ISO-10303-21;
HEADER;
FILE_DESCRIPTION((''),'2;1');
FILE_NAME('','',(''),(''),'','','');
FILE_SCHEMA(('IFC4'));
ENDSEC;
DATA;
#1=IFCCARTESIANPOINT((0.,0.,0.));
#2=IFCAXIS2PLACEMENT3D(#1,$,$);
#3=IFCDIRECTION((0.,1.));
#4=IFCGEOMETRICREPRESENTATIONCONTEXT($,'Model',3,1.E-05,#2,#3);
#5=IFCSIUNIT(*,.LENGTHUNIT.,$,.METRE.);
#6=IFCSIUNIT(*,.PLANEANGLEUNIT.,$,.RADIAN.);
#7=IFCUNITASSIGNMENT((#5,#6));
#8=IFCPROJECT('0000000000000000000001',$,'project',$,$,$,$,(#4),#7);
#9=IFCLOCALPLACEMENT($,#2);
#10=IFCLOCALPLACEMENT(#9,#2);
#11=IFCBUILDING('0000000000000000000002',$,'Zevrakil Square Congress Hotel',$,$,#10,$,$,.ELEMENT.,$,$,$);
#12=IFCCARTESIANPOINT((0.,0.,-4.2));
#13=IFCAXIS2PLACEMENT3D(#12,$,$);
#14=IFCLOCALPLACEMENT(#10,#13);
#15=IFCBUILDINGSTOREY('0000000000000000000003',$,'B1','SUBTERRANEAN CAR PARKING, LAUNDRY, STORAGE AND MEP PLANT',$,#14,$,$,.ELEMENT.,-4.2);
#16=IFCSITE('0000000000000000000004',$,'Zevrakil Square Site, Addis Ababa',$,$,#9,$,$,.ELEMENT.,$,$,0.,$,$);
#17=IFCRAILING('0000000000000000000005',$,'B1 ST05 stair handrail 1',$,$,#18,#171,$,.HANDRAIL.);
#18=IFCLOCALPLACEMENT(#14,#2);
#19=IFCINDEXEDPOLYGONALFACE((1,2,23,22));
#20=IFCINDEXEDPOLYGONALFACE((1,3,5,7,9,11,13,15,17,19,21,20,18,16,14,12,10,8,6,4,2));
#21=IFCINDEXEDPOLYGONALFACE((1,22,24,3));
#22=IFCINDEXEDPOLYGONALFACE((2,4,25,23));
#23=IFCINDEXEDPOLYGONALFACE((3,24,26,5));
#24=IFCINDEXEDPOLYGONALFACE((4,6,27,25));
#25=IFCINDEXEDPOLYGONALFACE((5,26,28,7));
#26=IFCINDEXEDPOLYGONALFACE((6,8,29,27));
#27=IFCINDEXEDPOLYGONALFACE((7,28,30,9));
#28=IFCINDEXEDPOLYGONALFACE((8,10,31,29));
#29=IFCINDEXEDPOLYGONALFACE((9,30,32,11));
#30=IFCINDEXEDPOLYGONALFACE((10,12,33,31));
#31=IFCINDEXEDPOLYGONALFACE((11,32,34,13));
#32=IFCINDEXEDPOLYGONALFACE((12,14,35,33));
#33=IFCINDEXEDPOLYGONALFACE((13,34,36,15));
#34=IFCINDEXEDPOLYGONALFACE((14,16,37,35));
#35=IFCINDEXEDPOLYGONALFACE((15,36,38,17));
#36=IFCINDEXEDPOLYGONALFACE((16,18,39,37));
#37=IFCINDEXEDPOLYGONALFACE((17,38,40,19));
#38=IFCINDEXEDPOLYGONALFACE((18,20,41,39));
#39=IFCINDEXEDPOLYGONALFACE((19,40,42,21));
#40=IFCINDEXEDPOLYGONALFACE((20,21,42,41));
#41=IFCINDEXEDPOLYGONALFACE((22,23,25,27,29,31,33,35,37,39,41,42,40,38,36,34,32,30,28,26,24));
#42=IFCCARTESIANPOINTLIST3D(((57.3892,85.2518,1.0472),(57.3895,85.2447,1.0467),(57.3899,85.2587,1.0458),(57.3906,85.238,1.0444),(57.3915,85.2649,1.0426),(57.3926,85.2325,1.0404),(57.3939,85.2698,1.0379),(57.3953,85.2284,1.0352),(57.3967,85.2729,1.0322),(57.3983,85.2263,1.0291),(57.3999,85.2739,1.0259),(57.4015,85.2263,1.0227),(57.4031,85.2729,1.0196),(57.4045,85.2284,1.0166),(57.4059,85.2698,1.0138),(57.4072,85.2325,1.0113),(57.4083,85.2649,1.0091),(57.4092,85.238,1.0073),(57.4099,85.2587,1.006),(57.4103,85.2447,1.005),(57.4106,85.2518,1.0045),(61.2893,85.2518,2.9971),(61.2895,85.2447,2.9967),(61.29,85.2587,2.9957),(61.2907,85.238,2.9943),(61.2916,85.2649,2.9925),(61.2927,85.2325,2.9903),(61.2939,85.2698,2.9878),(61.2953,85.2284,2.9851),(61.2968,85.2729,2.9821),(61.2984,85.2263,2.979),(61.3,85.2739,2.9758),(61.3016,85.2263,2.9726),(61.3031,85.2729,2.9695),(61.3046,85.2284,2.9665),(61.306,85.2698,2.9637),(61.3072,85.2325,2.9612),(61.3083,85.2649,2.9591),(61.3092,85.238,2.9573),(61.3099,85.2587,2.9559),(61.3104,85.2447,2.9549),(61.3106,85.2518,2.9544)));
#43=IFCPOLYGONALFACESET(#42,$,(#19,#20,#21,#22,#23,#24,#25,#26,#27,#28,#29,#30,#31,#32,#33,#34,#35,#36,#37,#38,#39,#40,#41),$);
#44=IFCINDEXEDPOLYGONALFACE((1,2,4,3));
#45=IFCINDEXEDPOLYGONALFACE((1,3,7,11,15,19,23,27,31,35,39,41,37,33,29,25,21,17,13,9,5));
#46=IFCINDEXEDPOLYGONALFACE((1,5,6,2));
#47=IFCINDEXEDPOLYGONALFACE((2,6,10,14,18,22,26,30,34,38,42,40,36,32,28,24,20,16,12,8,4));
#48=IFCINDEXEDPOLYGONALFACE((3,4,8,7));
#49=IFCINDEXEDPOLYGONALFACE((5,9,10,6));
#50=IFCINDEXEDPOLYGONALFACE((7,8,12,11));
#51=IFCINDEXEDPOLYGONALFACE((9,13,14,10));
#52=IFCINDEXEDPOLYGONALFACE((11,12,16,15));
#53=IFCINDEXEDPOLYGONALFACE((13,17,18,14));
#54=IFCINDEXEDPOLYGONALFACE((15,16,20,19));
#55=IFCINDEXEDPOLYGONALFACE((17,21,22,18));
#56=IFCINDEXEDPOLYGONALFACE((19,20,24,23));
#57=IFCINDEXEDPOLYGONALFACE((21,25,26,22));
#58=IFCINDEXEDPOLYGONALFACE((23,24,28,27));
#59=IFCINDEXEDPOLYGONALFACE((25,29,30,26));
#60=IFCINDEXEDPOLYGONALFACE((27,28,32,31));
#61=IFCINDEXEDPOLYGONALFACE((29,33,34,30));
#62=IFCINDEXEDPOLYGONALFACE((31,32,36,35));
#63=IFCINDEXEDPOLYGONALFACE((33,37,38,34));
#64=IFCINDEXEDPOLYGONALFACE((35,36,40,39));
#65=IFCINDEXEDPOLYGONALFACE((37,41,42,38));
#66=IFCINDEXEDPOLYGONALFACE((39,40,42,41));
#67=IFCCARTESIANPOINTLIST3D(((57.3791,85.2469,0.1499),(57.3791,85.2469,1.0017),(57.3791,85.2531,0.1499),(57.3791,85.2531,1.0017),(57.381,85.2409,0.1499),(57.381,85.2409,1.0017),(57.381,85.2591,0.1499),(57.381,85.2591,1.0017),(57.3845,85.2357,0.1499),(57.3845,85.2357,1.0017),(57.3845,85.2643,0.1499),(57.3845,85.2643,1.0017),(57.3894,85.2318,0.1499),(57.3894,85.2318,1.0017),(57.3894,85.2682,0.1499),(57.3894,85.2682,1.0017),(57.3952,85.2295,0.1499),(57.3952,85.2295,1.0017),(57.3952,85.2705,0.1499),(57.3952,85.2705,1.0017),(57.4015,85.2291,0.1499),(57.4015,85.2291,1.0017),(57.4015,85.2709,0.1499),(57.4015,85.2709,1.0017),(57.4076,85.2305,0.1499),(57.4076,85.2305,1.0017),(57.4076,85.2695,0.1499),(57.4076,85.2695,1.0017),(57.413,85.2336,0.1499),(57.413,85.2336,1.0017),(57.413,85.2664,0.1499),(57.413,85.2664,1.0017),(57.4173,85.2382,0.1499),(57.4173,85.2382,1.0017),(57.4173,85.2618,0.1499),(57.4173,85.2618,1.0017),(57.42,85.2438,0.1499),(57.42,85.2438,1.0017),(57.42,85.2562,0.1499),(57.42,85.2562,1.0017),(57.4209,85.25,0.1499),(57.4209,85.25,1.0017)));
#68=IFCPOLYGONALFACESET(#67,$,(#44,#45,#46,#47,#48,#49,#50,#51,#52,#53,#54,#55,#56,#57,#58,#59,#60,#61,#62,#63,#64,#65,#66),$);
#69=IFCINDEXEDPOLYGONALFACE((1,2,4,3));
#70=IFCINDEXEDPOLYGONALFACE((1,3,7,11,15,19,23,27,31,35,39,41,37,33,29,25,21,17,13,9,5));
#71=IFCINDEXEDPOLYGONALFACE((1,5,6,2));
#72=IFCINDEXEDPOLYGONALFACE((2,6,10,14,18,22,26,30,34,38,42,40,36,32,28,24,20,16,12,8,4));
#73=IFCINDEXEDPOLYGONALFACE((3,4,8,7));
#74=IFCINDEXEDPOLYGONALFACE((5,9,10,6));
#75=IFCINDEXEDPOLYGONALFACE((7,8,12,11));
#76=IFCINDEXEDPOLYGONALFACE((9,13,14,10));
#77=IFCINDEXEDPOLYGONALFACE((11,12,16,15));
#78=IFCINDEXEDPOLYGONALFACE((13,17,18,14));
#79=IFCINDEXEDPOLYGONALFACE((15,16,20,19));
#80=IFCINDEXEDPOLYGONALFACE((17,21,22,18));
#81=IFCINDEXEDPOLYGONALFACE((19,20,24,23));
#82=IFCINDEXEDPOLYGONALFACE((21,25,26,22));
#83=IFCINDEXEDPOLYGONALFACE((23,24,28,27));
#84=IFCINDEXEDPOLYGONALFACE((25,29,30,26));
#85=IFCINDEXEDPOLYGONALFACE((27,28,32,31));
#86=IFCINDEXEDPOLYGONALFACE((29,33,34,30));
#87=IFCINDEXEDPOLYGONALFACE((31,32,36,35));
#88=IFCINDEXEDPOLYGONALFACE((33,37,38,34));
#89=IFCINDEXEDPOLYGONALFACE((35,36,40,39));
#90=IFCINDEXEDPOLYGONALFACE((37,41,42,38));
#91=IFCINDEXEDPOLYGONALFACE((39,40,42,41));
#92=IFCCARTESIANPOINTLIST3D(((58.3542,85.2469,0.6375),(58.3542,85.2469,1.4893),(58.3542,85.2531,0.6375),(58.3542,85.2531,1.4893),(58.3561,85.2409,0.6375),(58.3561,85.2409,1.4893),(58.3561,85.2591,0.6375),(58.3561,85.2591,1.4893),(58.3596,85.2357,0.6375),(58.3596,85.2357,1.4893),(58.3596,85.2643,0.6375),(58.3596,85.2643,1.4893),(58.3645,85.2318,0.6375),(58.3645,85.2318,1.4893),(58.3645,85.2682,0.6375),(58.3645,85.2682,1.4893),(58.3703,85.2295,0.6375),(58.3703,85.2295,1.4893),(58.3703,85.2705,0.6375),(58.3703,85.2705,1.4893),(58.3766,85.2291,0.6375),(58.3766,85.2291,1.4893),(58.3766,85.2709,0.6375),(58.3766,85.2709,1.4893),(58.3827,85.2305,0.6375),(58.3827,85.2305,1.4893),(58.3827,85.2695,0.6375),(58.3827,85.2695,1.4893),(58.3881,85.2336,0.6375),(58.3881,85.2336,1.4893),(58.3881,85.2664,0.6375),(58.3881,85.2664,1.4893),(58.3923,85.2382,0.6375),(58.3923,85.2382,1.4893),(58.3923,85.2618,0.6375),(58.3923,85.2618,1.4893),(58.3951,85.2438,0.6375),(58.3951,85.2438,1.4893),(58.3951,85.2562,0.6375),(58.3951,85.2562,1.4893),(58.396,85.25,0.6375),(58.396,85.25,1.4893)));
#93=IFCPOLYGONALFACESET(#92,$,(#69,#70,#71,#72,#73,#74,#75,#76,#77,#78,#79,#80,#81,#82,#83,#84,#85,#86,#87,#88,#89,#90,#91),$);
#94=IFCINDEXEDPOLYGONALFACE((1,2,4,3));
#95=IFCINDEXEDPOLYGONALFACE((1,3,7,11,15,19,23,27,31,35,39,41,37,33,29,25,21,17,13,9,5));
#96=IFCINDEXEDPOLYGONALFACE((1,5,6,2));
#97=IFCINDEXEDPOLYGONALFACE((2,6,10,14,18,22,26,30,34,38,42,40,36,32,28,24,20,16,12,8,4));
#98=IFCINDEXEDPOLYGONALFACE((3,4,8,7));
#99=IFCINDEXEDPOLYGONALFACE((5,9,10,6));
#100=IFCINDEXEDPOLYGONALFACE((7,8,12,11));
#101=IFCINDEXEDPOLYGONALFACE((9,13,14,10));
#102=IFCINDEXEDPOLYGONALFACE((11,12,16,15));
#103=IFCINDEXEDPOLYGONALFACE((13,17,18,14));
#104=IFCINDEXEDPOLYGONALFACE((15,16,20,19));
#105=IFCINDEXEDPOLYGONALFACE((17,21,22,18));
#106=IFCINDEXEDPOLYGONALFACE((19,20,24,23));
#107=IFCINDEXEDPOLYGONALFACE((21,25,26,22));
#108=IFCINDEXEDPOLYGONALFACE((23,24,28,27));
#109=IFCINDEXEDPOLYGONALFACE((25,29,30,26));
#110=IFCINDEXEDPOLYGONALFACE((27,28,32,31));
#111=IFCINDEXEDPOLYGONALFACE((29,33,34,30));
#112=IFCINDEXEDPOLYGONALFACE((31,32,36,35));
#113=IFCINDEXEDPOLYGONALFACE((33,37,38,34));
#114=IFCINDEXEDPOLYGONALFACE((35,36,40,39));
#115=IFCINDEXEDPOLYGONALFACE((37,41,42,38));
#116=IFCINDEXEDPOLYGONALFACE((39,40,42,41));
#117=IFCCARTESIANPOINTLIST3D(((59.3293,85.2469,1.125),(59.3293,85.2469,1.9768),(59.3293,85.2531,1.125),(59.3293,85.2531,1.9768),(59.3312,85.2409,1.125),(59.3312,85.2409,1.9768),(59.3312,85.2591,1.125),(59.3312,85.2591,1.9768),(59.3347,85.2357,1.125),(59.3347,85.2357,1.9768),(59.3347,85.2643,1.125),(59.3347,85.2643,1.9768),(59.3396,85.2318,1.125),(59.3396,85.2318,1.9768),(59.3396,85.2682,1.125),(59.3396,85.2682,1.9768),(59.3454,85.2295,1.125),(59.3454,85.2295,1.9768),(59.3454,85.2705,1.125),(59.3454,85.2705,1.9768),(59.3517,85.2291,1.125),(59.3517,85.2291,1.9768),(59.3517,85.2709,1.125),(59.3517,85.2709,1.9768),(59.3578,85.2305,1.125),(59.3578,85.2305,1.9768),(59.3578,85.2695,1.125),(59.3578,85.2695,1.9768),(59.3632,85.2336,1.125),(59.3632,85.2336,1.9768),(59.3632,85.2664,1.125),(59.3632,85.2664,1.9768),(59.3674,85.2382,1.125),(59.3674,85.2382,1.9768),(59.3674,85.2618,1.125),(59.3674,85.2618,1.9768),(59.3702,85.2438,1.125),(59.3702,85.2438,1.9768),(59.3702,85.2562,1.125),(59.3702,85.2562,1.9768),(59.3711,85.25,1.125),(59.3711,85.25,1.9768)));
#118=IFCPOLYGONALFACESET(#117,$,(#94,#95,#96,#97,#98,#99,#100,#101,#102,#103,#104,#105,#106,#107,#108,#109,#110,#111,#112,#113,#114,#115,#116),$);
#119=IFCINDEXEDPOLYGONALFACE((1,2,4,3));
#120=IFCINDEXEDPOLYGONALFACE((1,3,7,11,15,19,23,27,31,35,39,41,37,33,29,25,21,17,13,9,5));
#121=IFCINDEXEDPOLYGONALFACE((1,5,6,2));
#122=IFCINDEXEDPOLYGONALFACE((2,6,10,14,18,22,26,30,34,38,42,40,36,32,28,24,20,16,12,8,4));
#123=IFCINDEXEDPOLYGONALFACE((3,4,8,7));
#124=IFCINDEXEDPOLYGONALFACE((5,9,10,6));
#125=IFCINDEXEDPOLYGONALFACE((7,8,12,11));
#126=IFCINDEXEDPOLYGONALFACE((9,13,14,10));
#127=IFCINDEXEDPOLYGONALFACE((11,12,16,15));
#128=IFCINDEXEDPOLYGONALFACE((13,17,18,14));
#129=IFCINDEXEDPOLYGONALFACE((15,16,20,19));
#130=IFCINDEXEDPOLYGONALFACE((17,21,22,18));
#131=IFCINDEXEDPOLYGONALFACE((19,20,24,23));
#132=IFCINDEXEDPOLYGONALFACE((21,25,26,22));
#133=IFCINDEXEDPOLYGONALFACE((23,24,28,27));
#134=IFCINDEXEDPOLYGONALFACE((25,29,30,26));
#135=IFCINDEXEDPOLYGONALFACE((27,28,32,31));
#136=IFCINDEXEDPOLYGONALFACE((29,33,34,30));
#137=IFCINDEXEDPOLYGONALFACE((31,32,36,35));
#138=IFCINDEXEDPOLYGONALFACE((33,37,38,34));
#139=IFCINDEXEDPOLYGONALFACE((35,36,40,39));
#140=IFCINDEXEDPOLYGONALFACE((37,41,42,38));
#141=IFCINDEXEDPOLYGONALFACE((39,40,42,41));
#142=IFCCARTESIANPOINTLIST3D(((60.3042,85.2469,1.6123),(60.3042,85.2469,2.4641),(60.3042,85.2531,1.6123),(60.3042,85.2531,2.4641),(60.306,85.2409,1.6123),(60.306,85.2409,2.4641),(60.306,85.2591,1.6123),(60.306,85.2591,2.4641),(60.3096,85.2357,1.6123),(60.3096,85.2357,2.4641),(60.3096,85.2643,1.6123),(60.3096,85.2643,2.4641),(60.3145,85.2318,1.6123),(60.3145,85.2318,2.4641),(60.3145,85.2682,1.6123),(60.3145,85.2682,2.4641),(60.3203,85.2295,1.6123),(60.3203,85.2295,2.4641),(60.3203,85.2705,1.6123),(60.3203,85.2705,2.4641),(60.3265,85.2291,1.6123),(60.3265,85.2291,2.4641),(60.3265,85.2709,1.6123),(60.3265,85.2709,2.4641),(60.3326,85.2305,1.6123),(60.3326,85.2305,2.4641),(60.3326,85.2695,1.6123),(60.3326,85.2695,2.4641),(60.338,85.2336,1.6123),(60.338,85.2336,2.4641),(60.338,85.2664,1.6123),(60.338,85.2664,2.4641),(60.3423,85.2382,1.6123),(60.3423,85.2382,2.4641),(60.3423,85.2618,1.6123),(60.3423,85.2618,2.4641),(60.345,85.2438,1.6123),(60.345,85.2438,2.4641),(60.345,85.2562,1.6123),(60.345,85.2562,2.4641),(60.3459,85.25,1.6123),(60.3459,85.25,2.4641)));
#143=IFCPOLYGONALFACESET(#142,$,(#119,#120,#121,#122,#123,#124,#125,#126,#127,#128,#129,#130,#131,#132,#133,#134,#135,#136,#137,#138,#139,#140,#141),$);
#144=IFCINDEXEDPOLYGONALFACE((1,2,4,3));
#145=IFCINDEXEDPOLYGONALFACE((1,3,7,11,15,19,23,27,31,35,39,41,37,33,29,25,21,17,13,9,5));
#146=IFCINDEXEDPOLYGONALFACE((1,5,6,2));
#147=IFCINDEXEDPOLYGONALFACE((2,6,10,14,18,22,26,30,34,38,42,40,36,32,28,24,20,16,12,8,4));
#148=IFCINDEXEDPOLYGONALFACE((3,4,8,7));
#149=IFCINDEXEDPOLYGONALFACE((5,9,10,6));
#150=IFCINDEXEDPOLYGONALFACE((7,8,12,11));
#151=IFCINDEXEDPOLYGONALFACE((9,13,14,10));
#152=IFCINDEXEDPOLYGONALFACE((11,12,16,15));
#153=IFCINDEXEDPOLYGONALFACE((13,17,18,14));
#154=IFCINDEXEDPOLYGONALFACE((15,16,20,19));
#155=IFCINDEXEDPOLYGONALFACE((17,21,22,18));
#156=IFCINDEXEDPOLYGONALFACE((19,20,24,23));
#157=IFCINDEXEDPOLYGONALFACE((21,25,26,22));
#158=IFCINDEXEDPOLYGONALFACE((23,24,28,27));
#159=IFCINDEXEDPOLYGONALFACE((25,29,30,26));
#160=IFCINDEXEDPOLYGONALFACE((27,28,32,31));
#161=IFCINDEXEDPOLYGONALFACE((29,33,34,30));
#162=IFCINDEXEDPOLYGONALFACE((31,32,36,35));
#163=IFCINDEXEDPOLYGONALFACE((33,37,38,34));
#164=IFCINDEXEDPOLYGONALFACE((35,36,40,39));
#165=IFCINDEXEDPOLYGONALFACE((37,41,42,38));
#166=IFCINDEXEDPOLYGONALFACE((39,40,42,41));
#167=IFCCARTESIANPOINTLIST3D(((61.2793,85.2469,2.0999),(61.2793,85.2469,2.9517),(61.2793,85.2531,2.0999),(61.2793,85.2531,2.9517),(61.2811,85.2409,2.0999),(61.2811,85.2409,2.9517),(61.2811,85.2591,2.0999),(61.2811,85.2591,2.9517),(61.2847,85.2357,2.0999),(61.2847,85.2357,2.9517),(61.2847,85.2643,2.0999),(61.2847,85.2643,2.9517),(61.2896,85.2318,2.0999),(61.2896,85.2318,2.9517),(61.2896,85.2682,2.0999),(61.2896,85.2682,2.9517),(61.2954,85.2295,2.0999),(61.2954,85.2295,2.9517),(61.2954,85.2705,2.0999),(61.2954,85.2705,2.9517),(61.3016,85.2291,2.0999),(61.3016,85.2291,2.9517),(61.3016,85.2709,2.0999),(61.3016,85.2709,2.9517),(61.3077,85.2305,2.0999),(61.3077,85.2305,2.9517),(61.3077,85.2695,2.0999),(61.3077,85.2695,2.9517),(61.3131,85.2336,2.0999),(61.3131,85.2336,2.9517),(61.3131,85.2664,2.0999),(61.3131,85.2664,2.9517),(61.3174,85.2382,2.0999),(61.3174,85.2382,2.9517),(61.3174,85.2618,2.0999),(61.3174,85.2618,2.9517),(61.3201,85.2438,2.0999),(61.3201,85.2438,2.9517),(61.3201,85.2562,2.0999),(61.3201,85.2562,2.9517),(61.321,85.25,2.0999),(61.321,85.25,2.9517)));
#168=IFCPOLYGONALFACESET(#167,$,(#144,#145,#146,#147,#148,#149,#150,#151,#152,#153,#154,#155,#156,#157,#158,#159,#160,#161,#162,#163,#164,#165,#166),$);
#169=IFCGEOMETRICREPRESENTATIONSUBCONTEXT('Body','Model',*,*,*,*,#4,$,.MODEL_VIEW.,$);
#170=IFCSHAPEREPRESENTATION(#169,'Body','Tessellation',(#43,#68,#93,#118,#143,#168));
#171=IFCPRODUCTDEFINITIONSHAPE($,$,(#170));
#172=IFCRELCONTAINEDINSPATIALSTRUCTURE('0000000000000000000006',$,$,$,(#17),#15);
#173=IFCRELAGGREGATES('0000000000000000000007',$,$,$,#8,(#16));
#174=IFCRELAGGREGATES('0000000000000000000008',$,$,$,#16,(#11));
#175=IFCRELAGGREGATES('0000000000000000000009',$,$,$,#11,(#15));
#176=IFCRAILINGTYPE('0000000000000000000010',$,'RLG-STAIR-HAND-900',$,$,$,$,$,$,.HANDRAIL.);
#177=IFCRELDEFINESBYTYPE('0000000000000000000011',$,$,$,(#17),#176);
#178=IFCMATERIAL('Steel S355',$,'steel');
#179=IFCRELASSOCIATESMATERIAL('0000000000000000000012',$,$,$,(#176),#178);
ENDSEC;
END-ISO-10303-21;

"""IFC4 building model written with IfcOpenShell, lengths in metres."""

from ifc_helpers import new_model, si_unit, direction, frame, origin, origin_2d, place, context, subcontext, project, spatial, circle, extrude, material, type_object, element, save


model = new_model("IFC4")

# Units and contexts
model_context = context("Model", 3, precision=1e-05, world=origin(), true_north=direction((0.0, 1.0)))
body_context = subcontext(model_context, "Body", "Model", "MODEL_VIEW")
ifc_project = project(units=[si_unit("LENGTHUNIT", "METRE"), si_unit("PLANEANGLEUNIT", "RADIAN")], contexts=[model_context])

# Site, building, storey
site_placement = place(None, origin())
site = spatial("IfcSite", under=ifc_project, at=site_placement, Name="Zevrakil Square Site, Addis Ababa", CompositionType="ELEMENT", RefElevation=0.0)
building_placement = place(site_placement, origin())
building = spatial("IfcBuilding", under=site, at=building_placement, Name="Zevrakil Square Congress Hotel", CompositionType="ELEMENT")
storey_placement = place(building_placement, frame((0.0, 0.0, -4.2)))
storey = spatial("IfcBuildingStorey", under=building, at=storey_placement, Name="B1", Description="SUBTERRANEAN CAR PARKING, LAUNDRY, STORAGE AND MEP PLANT", CompositionType="ELEMENT", Elevation=-4.2)

# Railing
ifc_material_1 = material(Name="Steel S355", Category="steel")
railing_type_1 = type_object("IfcRailingType", Name="RLG-STAIR-HAND-900", PredefinedType="HANDRAIL", material=ifc_material_1)
railing_1_placement = place(storey_placement, frame((57.3999, 85.25, 0.1499)))
element("IfcRailing", 1, at=railing_1_placement, inside=storey, type_object=railing_type_1, Name="B1 ST05 stair handrail 1", PredefinedType="HANDRAIL", context=body_context, shape_type="SweptSolid", body=[
    extrude(circle(Radius=0.0239, at=origin_2d()), frame((0.0, 0.0, 0.876), z_axis=(0.894438, 0.0, 0.447191), x_axis=(0.0, 1.0, 0.0)), (0.0, 0.0, 1.0), 4.3604),
    extrude(circle(Radius=0.021, at=origin_2d()), origin(), (0.0, 0.0, 1.0), 0.8518),
    extrude(circle(Radius=0.021, at=origin_2d()), frame((0.9751, 0.0, 0.4875)), (0.0, 0.0, 1.0), 0.8518),
    extrude(circle(Radius=0.021, at=origin_2d()), frame((1.9502, 0.0, 0.9751)), (0.0, 0.0, 1.0), 0.8518),
    extrude(circle(Radius=0.021, at=origin_2d()), frame((2.925, 0.0, 1.4624)), (0.0, 0.0, 1.0), 0.8518),
    extrude(circle(Radius=0.021, at=origin_2d()), frame((3.9001, 0.0, 1.95)), (0.0, 0.0, 1.0), 0.8518),
])

save(model, "model.ifc")
